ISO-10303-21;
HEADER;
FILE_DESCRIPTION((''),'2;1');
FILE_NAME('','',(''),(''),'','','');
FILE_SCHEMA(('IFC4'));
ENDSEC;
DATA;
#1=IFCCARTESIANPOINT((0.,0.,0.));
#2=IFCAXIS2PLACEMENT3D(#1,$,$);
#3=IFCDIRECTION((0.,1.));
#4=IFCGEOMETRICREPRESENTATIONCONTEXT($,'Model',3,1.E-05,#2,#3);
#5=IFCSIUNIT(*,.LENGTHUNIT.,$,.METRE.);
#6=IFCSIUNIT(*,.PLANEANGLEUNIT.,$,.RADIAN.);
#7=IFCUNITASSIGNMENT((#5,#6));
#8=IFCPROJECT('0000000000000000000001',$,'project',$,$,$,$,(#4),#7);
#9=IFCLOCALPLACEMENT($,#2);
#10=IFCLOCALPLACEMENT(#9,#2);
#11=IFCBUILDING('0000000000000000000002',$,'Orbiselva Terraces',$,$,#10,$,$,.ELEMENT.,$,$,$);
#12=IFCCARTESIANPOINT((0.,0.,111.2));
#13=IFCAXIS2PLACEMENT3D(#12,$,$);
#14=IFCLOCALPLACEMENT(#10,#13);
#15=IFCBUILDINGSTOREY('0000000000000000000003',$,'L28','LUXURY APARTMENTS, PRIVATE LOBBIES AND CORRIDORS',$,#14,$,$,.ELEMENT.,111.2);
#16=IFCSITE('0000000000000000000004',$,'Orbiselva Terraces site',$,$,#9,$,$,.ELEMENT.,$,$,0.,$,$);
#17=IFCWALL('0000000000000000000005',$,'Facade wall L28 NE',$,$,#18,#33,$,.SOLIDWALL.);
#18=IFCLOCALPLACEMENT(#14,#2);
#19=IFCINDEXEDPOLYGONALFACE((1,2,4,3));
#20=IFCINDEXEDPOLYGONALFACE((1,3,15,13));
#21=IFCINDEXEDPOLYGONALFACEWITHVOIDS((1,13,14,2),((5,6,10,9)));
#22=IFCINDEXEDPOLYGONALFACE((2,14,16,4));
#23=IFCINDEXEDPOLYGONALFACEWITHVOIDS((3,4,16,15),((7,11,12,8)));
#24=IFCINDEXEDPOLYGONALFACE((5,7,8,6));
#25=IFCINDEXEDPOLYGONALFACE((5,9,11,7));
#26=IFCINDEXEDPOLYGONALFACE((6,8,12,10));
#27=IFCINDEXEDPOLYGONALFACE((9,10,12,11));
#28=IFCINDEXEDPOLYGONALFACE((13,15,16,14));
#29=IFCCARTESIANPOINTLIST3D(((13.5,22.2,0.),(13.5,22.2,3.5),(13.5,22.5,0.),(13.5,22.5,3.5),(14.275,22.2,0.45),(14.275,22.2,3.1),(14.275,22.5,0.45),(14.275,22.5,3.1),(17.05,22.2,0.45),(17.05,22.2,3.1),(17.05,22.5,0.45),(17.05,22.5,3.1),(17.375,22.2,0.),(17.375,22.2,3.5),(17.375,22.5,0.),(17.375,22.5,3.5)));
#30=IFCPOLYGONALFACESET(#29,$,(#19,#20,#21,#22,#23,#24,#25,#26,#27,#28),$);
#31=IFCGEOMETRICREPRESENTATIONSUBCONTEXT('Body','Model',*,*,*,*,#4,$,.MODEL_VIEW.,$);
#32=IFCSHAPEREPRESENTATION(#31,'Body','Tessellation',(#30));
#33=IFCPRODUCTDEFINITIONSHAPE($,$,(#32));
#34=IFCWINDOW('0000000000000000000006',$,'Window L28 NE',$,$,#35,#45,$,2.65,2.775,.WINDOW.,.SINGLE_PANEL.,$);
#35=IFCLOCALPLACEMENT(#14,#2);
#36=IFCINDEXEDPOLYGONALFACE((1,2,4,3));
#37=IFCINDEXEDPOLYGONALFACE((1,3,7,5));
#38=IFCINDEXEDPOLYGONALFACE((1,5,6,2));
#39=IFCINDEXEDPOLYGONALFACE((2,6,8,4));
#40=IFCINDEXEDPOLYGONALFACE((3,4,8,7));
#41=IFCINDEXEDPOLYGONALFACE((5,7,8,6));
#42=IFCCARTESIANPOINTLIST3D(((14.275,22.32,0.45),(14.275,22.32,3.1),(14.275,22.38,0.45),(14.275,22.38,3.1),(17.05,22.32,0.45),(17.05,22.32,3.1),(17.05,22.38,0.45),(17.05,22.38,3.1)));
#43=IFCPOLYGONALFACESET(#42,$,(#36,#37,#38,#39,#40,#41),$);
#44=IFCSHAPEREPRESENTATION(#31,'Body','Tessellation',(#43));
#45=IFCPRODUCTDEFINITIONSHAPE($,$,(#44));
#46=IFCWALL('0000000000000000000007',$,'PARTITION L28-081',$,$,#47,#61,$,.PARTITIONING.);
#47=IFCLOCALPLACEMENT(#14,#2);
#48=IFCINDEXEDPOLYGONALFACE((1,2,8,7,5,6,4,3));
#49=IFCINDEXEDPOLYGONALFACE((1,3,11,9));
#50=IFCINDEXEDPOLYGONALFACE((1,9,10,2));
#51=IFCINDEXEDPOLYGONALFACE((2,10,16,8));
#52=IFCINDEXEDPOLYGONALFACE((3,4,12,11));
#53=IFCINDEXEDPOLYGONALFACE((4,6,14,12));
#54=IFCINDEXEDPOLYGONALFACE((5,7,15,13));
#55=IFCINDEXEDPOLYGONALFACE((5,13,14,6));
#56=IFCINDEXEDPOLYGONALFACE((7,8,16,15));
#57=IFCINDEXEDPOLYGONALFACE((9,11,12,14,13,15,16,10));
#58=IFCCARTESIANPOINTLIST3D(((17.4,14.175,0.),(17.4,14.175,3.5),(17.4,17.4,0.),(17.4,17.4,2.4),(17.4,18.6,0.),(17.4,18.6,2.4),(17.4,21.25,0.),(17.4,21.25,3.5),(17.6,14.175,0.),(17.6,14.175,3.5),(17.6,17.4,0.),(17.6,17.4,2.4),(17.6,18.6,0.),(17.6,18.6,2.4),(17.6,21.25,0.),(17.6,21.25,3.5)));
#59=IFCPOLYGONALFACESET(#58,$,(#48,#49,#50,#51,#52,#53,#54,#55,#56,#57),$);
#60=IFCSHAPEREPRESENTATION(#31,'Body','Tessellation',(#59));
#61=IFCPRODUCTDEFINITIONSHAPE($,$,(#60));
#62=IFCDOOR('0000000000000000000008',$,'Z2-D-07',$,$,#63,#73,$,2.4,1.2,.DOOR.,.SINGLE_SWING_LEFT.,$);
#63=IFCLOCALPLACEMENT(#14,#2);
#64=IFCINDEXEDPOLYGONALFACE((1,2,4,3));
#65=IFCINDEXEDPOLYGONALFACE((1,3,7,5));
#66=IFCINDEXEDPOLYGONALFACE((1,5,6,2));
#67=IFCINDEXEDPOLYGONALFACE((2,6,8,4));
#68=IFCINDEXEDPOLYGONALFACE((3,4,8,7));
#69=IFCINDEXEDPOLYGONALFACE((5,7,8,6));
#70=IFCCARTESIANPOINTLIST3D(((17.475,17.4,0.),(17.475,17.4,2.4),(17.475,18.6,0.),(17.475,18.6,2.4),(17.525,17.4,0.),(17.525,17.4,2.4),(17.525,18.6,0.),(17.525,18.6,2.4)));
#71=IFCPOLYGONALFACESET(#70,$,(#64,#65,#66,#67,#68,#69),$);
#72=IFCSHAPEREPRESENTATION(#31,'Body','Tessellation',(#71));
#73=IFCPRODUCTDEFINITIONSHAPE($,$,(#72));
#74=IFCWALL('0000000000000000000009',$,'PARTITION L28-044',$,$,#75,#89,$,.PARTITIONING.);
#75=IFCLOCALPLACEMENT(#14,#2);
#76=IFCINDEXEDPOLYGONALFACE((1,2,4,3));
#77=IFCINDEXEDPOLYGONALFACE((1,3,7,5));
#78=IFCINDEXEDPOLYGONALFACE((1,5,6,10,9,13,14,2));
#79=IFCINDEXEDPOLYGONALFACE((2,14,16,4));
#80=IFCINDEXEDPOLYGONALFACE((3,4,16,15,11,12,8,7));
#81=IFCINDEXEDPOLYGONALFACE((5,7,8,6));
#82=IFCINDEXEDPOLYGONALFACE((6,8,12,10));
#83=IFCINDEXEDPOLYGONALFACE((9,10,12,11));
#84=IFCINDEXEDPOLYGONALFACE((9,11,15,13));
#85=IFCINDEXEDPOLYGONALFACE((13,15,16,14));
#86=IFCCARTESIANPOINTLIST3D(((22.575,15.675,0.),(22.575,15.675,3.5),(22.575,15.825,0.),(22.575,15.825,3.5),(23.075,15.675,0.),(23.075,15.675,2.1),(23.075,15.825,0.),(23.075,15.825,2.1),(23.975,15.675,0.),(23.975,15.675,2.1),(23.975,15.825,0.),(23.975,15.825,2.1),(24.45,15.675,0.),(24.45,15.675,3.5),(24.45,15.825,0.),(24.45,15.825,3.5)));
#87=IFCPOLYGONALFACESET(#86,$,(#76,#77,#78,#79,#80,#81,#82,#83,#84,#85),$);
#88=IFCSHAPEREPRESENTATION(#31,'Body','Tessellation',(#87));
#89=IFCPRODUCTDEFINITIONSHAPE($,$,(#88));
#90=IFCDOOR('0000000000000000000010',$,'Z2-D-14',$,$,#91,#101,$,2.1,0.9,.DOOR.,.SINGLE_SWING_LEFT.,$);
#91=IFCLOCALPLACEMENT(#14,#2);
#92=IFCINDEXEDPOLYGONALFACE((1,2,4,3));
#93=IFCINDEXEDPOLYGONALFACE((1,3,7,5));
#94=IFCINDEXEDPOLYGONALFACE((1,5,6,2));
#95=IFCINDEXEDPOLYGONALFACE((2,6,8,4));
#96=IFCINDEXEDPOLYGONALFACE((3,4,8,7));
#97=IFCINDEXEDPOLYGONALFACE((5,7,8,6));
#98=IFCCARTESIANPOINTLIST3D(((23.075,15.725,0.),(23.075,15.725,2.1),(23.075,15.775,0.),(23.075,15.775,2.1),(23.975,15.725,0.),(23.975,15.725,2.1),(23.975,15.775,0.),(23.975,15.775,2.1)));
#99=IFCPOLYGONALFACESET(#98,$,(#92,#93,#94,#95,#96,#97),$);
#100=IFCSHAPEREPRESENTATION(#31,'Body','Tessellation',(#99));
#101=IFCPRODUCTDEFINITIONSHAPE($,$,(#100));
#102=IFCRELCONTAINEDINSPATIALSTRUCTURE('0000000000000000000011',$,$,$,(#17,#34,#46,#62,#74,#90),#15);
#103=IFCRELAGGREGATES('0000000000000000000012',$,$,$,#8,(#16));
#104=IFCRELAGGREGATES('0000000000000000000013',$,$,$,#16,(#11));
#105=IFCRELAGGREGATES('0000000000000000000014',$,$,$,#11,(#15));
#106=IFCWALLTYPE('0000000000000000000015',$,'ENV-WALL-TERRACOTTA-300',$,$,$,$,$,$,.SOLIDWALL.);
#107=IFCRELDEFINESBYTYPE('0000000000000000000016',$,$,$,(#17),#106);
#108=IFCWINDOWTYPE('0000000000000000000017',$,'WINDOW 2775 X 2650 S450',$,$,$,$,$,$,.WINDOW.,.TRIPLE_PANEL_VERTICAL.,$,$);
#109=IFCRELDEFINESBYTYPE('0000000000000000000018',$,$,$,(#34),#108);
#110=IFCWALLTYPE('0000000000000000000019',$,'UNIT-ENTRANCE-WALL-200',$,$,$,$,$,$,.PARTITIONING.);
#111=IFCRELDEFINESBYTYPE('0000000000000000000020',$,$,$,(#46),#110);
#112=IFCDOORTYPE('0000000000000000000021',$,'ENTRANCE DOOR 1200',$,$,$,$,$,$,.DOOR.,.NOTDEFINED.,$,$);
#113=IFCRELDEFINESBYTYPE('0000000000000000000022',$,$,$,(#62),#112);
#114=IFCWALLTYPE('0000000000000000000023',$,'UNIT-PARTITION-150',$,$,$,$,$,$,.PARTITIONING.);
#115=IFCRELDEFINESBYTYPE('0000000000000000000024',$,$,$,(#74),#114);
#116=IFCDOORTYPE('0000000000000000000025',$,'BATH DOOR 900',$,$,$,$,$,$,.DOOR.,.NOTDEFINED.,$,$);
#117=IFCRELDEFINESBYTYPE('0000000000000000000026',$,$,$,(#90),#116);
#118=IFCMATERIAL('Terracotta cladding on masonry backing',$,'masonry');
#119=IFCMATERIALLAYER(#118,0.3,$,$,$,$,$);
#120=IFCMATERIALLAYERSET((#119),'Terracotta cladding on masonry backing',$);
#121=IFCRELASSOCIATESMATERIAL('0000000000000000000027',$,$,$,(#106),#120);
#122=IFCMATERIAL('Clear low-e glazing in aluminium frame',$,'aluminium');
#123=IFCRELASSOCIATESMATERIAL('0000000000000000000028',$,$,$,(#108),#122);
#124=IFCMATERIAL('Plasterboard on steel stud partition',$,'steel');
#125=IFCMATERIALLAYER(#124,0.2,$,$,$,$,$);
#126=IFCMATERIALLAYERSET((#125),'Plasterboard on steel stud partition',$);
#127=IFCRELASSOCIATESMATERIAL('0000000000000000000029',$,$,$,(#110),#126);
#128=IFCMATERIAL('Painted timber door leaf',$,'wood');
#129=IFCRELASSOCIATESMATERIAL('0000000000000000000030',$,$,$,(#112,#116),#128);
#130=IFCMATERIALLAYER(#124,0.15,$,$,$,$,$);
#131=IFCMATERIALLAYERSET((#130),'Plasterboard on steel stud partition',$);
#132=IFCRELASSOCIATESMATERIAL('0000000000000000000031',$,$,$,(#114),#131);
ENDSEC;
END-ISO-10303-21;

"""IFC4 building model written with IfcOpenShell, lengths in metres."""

from ifc_helpers import new_model, si_unit, direction, frame, frame_2d, origin, place, context, subcontext, project, spatial, rectangle, extrude, material, layer, layer_set, type_object, element, fill, save


model = new_model("IFC4")

# Units and contexts
model_context = context("Model", 3, precision=1e-05, world=origin(), true_north=direction((0.0, 1.0)))
body_context = subcontext(model_context, "Body", "Model", "MODEL_VIEW")
ifc_project = project(units=[si_unit("LENGTHUNIT", "METRE"), si_unit("PLANEANGLEUNIT", "RADIAN")], contexts=[model_context])

# Site, building, storey
site_placement = place(None, origin())
site = spatial("IfcSite", under=ifc_project, at=site_placement, Name="Orbiselva Terraces site", CompositionType="ELEMENT", RefElevation=0.0)
building_placement = place(site_placement, origin())
building = spatial("IfcBuilding", under=site, at=building_placement, Name="Orbiselva Terraces", CompositionType="ELEMENT")
storey_placement = place(building_placement, frame((0.0, 0.0, 111.2)))
storey = spatial("IfcBuildingStorey", under=building, at=storey_placement, Name="L28", Description="LUXURY APARTMENTS, PRIVATE LOBBIES AND CORRIDORS", CompositionType="ELEMENT", Elevation=111.2)

# Shared definitions
ifc_material_1 = material(Name="Terracotta cladding on masonry backing", Category="masonry")
ifc_layer_1 = layer(ifc_material_1, 0.3)
ifc_layer_set_1 = layer_set([ifc_layer_1], Name="Terracotta cladding on masonry backing")
wall_type_1 = type_object("IfcWallType", Name="ENV-WALL-TERRACOTTA-300", PredefinedType="SOLIDWALL", material=ifc_layer_set_1)
ifc_material_2 = material(Name="Clear low-e glazing in aluminium frame", Category="aluminium")

# Wall, opening, window
wall_1_placement = place(storey_placement, frame((13.5, 22.35, 0.0), z_axis=(0.0, 0.0, 1.0), x_axis=(1.0, 0.0, 0.0)))
wall_1 = element("IfcWall", 1, at=wall_1_placement, inside=storey, type_object=wall_type_1, Name="Facade wall L28 NE", PredefinedType="SOLIDWALL", context=body_context, shape_type="SweptSolid", body=[
    extrude(rectangle(XDim=3.875, YDim=0.3, at=frame_2d((1.9375, 0.0))), origin(), (0.0, 0.0, 1.0), 3.5),
])
opening_1_placement = place(wall_1_placement, frame((0.775, 0.0, 0.45)))
opening_1 = element("IfcOpeningElement", 2, at=opening_1_placement, cuts=wall_1, PredefinedType="OPENING", context=body_context, shape_type="SweptSolid", body=[
    extrude(rectangle(XDim=2.775, YDim=2.65, at=frame_2d((1.3875, 1.325))), frame((0.0, 0.16, 0.0), z_axis=(0.0, -1.0, 0.0), x_axis=(1.0, 0.0, 0.0)), (0.0, 0.0, 1.0), 0.32),
])
window_type = type_object("IfcWindowType", Name="WINDOW 2775 X 2650 S450", PartitioningType="TRIPLE_PANEL_VERTICAL", PredefinedType="WINDOW", material=ifc_material_2)
window_placement = place(opening_1_placement, origin())
window = element("IfcWindow", 3, at=window_placement, inside=storey, type_object=window_type, Name="Window L28 NE", OverallHeight=2.65, OverallWidth=2.775, PartitioningType="SINGLE_PANEL", PredefinedType="WINDOW", context=body_context, shape_type="SweptSolid", body=[
    extrude(rectangle(XDim=2.775, YDim=2.65, at=frame_2d((1.3875, 1.325))), frame((0.0, 0.03, 0.0), z_axis=(0.0, -1.0, 0.0), x_axis=(1.0, 0.0, 0.0)), (0.0, 0.0, 1.0), 0.06),
])
fill(opening_1, window)

# Walls, openings, doors
ifc_material_3 = material(Name="Plasterboard on steel stud partition", Category="steel")
ifc_layer_2 = layer(ifc_material_3, 0.2)
ifc_layer_set_2 = layer_set([ifc_layer_2], Name="Plasterboard on steel stud partition")
wall_type_2 = type_object("IfcWallType", Name="UNIT-ENTRANCE-WALL-200", PredefinedType="PARTITIONING", material=ifc_layer_set_2)
wall_2_placement = place(storey_placement, frame((17.5, 21.25, 0.0), z_axis=(0.0, 0.0, 1.0), x_axis=(0.0, -1.0, 0.0)))
wall_2 = element("IfcWall", 4, at=wall_2_placement, inside=storey, type_object=wall_type_2, Name="PARTITION L28-081", PredefinedType="PARTITIONING", context=body_context, shape_type="SweptSolid", body=[
    extrude(rectangle(XDim=7.075, YDim=0.2, at=frame_2d((3.5375, 0.0))), origin(), (0.0, 0.0, 1.0), 3.5),
])
opening_2_placement = place(wall_2_placement, frame((2.65, 0.0, 0.0)))
opening_2 = element("IfcOpeningElement", 5, at=opening_2_placement, cuts=wall_2, PredefinedType="OPENING", context=body_context, shape_type="SweptSolid", body=[
    extrude(rectangle(XDim=1.2, YDim=2.4, at=frame_2d((0.6, 1.2))), frame((0.0, 0.11, 0.0), z_axis=(0.0, -1.0, 0.0), x_axis=(1.0, 0.0, 0.0)), (0.0, 0.0, 1.0), 0.22),
])
ifc_material_4 = material(Name="Painted timber door leaf", Category="wood")
door_type_1 = type_object("IfcDoorType", Name="ENTRANCE DOOR 1200", OperationType="NOTDEFINED", PredefinedType="DOOR", material=ifc_material_4)
door_1_placement = place(opening_2_placement, origin())
door_1 = element("IfcDoor", 6, at=door_1_placement, inside=storey, type_object=door_type_1, Name="Z2-D-07", OperationType="SINGLE_SWING_LEFT", OverallHeight=2.4, OverallWidth=1.2, PredefinedType="DOOR", context=body_context, shape_type="SweptSolid", body=[
    extrude(rectangle(XDim=1.2, YDim=2.4, at=frame_2d((0.6, 1.2))), frame((0.0, 0.025, 0.0), z_axis=(0.0, -1.0, 0.0), x_axis=(1.0, 0.0, 0.0)), (0.0, 0.0, 1.0), 0.05),
])
fill(opening_2, door_1)
ifc_layer_3 = layer(ifc_material_3, 0.15)
ifc_layer_set_3 = layer_set([ifc_layer_3], Name="Plasterboard on steel stud partition")
wall_type_3 = type_object("IfcWallType", Name="UNIT-PARTITION-150", PredefinedType="PARTITIONING", material=ifc_layer_set_3)
wall_3_placement = place(storey_placement, frame((24.45, 15.75, 0.0), z_axis=(0.0, 0.0, 1.0), x_axis=(-1.0, 0.0, 0.0)))
wall_3 = element("IfcWall", 7, at=wall_3_placement, inside=storey, type_object=wall_type_3, Name="PARTITION L28-044", PredefinedType="PARTITIONING", context=body_context, shape_type="SweptSolid", body=[
    extrude(rectangle(XDim=1.875, YDim=0.15, at=frame_2d((0.9375, 0.0))), origin(), (0.0, 0.0, 1.0), 3.5),
])
opening_3_placement = place(wall_3_placement, frame((0.475, 0.0, 0.0)))
opening_3 = element("IfcOpeningElement", 8, at=opening_3_placement, cuts=wall_3, PredefinedType="OPENING", context=body_context, shape_type="SweptSolid", body=[
    extrude(rectangle(XDim=0.9, YDim=2.1, at=frame_2d((0.45, 1.05))), frame((0.0, 0.085, 0.0), z_axis=(0.0, -1.0, 0.0), x_axis=(1.0, 0.0, 0.0)), (0.0, 0.0, 1.0), 0.17),
])
door_type_2 = type_object("IfcDoorType", Name="BATH DOOR 900", OperationType="NOTDEFINED", PredefinedType="DOOR", material=ifc_material_4)
door_2_placement = place(opening_3_placement, origin())
door_2 = element("IfcDoor", 9, at=door_2_placement, inside=storey, type_object=door_type_2, Name="Z2-D-14", OperationType="SINGLE_SWING_LEFT", OverallHeight=2.1, OverallWidth=0.9, PredefinedType="DOOR", context=body_context, shape_type="SweptSolid", body=[
    extrude(rectangle(XDim=0.9, YDim=2.1, at=frame_2d((0.45, 1.05))), frame((0.0, 0.025, 0.0), z_axis=(0.0, -1.0, 0.0), x_axis=(1.0, 0.0, 0.0)), (0.0, 0.0, 1.0), 0.05),
])
fill(opening_3, door_2)

save(model, "model.ifc")
